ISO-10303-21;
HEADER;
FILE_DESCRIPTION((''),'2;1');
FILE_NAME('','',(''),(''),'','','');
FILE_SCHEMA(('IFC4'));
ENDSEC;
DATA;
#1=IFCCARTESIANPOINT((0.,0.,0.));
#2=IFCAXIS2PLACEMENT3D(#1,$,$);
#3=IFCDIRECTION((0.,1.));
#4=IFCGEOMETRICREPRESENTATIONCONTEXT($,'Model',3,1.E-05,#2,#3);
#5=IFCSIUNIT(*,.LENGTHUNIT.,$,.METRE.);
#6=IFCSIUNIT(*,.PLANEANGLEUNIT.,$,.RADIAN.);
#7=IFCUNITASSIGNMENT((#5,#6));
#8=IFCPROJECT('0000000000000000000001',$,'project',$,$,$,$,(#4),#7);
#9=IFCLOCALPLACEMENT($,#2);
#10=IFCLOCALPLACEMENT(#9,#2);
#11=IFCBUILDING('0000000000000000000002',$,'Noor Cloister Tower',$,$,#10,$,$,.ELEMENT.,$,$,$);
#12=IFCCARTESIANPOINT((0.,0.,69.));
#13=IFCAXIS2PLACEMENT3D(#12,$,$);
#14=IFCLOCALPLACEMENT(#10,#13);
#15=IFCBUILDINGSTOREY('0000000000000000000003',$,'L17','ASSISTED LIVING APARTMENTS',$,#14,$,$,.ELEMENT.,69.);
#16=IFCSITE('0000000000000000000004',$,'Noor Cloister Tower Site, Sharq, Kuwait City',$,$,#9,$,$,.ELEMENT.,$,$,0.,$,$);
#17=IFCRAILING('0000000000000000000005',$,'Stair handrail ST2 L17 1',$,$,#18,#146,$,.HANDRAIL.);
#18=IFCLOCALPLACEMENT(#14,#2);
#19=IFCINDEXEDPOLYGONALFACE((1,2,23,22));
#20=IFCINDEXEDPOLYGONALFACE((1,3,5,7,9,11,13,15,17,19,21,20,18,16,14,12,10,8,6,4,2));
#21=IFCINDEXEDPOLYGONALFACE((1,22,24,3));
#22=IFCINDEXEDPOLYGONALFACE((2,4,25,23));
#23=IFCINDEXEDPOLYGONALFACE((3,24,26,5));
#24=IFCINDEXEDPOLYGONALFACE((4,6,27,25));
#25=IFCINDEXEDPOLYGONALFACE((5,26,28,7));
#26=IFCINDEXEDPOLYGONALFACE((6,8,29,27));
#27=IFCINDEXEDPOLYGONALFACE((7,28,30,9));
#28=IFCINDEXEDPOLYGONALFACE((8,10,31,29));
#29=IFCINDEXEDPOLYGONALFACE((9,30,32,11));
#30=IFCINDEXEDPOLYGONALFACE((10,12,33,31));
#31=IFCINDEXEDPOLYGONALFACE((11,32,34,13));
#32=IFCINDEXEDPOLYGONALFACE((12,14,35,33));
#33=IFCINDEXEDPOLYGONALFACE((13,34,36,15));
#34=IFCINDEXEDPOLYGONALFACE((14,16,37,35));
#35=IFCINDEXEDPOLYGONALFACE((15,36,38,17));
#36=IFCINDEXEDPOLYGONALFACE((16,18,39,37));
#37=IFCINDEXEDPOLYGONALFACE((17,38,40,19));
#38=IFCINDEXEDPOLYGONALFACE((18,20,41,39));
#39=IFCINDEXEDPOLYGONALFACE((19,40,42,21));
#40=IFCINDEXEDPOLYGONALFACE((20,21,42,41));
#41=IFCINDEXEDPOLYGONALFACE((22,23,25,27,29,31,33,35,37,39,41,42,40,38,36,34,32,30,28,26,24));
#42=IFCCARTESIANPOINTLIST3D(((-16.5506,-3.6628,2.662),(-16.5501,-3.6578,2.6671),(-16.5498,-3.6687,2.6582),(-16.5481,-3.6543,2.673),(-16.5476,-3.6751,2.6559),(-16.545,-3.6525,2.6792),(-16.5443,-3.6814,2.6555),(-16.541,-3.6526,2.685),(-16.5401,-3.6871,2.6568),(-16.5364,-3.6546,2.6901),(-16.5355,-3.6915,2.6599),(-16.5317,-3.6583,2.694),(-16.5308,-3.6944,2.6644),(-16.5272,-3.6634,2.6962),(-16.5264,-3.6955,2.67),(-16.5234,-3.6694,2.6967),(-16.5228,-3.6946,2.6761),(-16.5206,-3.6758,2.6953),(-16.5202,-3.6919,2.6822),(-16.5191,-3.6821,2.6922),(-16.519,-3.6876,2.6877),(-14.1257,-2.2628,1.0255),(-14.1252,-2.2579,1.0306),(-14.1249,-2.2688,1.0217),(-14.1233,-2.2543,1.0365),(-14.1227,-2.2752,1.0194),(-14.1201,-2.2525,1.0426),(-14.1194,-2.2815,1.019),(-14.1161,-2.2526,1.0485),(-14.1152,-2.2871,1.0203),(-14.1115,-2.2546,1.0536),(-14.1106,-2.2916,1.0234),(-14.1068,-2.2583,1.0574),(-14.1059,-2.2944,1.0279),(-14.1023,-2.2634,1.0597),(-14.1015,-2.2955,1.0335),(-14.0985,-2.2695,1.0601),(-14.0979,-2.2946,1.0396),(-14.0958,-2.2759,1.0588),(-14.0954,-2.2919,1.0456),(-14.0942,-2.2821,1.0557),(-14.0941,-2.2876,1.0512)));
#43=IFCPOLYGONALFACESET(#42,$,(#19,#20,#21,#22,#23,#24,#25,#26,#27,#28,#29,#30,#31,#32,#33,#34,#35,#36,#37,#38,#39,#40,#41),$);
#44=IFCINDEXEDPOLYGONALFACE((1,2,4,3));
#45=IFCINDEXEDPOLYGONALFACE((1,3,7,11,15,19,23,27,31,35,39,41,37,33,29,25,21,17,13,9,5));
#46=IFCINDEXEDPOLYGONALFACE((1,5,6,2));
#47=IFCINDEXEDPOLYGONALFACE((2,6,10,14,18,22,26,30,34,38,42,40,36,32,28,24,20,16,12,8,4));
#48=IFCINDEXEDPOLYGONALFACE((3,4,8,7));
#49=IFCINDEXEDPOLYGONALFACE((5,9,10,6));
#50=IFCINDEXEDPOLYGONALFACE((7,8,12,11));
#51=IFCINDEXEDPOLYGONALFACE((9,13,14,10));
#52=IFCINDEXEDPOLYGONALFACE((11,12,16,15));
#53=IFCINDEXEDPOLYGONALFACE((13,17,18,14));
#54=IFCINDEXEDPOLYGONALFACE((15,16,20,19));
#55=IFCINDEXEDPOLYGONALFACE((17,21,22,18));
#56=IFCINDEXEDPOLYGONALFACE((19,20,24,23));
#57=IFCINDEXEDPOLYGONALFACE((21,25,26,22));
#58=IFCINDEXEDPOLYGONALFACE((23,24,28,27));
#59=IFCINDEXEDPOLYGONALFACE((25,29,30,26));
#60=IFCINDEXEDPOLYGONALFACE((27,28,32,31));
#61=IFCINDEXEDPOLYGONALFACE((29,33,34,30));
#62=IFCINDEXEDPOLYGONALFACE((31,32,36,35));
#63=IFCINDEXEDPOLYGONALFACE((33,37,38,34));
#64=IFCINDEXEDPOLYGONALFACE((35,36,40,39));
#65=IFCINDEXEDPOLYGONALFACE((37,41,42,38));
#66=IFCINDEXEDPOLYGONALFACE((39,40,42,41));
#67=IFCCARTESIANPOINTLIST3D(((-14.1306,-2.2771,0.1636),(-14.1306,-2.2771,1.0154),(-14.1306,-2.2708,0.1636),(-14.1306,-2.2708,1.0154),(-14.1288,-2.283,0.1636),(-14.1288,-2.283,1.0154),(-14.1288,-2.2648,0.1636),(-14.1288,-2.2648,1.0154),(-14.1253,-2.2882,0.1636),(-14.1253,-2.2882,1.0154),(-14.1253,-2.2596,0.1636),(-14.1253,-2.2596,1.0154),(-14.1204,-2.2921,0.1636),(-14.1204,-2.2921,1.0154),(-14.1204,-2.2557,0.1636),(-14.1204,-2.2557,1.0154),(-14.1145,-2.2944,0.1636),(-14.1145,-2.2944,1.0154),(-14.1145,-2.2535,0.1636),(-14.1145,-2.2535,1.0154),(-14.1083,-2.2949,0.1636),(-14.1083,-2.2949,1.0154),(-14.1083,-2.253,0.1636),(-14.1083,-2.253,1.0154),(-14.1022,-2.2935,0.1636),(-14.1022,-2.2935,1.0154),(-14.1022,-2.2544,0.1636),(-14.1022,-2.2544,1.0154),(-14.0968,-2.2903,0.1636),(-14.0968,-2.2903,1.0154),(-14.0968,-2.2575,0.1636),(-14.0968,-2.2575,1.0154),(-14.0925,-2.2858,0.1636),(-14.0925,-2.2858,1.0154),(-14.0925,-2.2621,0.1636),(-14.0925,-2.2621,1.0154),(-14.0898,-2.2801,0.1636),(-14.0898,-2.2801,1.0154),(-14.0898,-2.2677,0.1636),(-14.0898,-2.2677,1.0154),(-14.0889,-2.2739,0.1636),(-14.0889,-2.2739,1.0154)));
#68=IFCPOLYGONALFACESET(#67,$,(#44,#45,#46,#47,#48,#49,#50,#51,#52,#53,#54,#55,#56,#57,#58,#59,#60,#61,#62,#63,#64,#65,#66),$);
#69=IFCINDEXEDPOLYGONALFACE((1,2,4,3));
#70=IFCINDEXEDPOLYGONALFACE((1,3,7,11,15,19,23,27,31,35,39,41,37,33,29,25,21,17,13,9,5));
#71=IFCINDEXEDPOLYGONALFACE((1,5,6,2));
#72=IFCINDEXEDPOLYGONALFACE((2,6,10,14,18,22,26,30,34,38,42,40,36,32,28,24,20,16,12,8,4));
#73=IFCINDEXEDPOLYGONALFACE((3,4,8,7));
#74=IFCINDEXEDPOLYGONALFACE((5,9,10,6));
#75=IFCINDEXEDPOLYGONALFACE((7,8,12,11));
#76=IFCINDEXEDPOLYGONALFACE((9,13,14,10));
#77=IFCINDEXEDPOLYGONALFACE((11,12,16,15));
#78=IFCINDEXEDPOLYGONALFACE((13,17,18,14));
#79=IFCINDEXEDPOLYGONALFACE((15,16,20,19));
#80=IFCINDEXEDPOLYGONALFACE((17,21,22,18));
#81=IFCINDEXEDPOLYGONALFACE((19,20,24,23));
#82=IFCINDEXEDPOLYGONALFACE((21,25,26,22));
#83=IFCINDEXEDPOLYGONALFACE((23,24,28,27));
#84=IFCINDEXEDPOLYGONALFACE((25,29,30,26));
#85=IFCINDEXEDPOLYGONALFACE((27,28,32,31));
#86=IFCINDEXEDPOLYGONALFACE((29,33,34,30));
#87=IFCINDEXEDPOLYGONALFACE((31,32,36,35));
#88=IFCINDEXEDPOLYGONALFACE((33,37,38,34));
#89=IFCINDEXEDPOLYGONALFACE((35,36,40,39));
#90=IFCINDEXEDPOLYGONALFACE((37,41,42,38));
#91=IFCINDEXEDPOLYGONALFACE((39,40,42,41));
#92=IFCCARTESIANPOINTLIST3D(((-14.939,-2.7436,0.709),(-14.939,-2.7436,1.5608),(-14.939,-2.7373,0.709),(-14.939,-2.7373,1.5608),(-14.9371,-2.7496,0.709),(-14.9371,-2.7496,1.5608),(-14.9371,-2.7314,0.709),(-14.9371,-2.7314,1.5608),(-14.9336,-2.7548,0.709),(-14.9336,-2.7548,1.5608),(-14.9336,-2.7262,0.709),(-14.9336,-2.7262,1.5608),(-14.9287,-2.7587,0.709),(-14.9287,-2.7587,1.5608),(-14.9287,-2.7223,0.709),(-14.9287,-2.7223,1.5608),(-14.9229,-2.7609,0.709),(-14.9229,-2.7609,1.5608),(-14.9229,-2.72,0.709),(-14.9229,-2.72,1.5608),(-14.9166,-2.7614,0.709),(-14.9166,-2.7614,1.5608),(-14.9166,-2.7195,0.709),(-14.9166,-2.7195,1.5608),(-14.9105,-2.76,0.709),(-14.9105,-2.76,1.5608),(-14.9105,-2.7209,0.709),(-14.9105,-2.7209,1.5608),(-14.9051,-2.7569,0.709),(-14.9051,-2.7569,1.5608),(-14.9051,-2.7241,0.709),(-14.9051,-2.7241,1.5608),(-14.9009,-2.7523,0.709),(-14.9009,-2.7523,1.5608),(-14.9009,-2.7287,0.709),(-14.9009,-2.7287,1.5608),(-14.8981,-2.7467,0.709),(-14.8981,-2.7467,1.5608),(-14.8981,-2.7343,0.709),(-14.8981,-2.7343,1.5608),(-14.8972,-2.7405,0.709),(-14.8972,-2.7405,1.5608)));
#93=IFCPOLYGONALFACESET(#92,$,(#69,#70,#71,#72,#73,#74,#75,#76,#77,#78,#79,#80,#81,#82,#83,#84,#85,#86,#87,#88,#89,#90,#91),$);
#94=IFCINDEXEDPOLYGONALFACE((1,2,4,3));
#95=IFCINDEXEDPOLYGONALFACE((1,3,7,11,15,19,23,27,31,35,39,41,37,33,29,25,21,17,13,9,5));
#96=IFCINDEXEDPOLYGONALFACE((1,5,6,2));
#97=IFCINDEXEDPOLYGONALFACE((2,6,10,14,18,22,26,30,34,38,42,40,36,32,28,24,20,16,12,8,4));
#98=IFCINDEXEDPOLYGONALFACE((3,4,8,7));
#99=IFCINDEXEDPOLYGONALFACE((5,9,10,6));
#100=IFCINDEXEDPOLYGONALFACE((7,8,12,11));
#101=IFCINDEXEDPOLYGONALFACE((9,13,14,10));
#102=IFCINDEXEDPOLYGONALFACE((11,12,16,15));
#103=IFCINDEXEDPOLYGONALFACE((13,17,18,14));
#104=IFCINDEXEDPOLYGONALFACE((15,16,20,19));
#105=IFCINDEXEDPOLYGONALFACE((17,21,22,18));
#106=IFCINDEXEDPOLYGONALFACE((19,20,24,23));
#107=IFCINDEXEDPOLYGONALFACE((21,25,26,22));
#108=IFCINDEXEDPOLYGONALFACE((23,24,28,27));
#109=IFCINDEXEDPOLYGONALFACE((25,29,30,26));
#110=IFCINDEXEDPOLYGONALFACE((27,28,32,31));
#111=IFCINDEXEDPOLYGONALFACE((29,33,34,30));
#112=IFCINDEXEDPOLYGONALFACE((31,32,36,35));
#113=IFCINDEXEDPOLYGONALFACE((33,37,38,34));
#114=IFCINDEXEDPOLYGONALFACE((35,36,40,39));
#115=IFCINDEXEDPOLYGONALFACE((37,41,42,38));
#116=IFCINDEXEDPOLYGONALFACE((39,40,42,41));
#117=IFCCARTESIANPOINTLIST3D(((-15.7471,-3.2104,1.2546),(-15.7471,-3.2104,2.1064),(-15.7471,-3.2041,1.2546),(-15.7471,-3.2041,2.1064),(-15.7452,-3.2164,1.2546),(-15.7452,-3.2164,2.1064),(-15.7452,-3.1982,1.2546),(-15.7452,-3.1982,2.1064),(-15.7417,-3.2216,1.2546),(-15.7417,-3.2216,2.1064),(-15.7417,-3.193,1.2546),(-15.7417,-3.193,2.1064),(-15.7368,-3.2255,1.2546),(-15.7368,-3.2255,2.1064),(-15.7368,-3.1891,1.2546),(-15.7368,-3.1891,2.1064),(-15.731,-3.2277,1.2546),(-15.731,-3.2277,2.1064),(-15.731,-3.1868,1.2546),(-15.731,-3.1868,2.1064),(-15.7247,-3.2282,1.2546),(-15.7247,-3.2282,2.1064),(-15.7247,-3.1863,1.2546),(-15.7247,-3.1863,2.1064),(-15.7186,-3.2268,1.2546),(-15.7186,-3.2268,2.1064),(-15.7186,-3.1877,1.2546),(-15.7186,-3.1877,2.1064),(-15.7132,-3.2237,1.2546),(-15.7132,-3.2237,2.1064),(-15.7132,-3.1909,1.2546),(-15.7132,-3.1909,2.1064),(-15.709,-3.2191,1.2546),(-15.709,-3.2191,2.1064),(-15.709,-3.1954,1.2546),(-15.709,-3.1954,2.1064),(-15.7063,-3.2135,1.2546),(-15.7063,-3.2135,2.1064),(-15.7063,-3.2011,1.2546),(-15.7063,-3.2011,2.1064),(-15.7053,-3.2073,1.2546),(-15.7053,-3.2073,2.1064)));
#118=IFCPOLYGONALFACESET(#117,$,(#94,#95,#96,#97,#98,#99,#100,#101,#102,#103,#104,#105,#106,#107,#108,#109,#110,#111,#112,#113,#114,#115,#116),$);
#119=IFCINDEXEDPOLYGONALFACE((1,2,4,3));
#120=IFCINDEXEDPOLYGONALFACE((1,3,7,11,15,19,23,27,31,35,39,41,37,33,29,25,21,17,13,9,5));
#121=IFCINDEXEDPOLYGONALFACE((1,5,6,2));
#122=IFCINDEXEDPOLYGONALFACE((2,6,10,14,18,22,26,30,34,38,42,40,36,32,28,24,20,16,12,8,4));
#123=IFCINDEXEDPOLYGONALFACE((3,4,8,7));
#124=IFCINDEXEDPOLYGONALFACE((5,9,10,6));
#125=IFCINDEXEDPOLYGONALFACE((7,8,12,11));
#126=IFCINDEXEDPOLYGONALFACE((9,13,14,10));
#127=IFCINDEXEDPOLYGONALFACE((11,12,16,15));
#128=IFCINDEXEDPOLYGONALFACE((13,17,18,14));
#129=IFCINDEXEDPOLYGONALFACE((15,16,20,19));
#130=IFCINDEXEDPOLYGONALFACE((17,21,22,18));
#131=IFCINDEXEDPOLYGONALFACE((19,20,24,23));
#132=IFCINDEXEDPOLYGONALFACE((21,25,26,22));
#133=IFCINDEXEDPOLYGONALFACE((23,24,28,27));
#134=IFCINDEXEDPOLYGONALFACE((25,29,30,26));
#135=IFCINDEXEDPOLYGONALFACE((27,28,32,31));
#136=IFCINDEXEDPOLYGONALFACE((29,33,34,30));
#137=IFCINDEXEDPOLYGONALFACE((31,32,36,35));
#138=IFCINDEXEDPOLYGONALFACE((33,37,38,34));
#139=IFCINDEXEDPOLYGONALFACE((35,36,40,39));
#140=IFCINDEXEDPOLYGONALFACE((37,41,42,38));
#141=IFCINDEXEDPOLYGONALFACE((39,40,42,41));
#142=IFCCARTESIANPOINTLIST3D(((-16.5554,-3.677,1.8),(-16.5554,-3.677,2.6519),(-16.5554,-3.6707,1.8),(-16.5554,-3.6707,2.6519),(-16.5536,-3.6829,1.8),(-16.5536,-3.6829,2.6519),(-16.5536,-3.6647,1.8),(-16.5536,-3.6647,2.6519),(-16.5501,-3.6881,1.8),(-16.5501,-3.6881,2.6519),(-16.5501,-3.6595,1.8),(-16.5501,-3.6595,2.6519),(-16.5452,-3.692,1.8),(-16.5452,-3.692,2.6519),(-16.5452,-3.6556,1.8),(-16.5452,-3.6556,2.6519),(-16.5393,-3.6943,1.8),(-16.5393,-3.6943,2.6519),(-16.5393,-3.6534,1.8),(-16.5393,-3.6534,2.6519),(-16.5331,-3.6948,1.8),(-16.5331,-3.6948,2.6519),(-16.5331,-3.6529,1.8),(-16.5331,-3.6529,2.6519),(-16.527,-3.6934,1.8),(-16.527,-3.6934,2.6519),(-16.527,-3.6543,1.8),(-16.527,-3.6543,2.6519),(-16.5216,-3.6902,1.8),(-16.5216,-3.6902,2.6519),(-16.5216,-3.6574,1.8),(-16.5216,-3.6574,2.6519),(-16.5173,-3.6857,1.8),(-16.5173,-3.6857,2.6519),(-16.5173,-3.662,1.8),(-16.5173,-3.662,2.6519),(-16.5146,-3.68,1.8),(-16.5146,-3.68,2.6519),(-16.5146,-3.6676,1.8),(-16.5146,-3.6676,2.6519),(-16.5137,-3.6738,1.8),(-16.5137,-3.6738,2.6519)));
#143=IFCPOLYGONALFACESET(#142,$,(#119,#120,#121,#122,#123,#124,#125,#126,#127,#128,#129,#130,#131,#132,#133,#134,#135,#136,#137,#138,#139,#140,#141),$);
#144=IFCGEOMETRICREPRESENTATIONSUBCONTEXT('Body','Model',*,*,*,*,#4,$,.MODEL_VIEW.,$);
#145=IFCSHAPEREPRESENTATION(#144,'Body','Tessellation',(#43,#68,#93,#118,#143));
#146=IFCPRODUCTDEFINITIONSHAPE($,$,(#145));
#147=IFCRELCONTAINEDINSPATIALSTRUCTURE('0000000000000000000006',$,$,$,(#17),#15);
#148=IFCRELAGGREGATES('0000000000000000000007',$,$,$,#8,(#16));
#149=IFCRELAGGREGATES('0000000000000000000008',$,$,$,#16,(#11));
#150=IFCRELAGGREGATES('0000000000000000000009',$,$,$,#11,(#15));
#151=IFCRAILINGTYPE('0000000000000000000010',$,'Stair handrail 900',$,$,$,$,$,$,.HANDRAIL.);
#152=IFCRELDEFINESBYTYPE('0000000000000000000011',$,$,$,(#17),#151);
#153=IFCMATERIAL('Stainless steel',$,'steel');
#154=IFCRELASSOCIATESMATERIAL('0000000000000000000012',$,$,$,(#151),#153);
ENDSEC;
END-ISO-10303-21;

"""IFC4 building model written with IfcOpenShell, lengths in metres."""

from ifc_helpers import new_model, si_unit, direction, frame, origin, origin_2d, place, context, subcontext, project, spatial, circle, extrude, material, type_object, element, save


model = new_model("IFC4")

# Units and contexts
model_context = context("Model", 3, precision=1e-05, world=origin(), true_north=direction((0.0, 1.0)))
body_context = subcontext(model_context, "Body", "Model", "MODEL_VIEW")
ifc_project = project(units=[si_unit("LENGTHUNIT", "METRE"), si_unit("PLANEANGLEUNIT", "RADIAN")], contexts=[model_context])

# Site, building, storey
site_placement = place(None, origin())
site = spatial("IfcSite", under=ifc_project, at=site_placement, Name="Noor Cloister Tower Site, Sharq, Kuwait City", CompositionType="ELEMENT", RefElevation=0.0)
building_placement = place(site_placement, origin())
building = spatial("IfcBuilding", under=site, at=building_placement, Name="Noor Cloister Tower", CompositionType="ELEMENT")
storey_placement = place(building_placement, frame((0.0, 0.0, 69.0)))
storey = spatial("IfcBuildingStorey", under=building, at=storey_placement, Name="L17", Description="ASSISTED LIVING APARTMENTS", CompositionType="ELEMENT", Elevation=69.0)

# Railing
ifc_material_1 = material(Name="Stainless steel", Category="steel")
railing_type_1 = type_object("IfcRailingType", Name="Stair handrail 900", PredefinedType="HANDRAIL", material=ifc_material_1)
railing_1_placement = place(storey_placement, frame((-14.1099, -2.2739, 0.1636)))
element("IfcRailing", 1, at=railing_1_placement, inside=storey, type_object=railing_type_1, Name="Stair handrail ST2 L17 1", PredefinedType="HANDRAIL", context=body_context, shape_type="SweptSolid", body=[
    extrude(circle(Radius=0.0239, at=origin_2d()), frame((0.0, 0.0, 0.876), z_axis=(-0.74769, -0.431661, 0.504608), x_axis=(0.499984, -0.866035, 0.0)), (0.0, 0.0, 1.0), 3.2432),
    extrude(circle(Radius=0.021, at=origin_2d()), origin(), (0.0, 0.0, 1.0), 0.8518),
    extrude(circle(Radius=0.021, at=origin_2d()), frame((-0.8083, -0.4666, 0.5454)), (0.0, 0.0, 1.0), 0.8518),
    extrude(circle(Radius=0.021, at=origin_2d()), frame((-1.6165, -0.9333, 1.0911)), (0.0, 0.0, 1.0), 0.8518),
    extrude(circle(Radius=0.021, at=origin_2d()), frame((-2.4248, -1.3999, 1.6365)), (0.0, 0.0, 1.0), 0.8518),
])

save(model, "model.ifc")
